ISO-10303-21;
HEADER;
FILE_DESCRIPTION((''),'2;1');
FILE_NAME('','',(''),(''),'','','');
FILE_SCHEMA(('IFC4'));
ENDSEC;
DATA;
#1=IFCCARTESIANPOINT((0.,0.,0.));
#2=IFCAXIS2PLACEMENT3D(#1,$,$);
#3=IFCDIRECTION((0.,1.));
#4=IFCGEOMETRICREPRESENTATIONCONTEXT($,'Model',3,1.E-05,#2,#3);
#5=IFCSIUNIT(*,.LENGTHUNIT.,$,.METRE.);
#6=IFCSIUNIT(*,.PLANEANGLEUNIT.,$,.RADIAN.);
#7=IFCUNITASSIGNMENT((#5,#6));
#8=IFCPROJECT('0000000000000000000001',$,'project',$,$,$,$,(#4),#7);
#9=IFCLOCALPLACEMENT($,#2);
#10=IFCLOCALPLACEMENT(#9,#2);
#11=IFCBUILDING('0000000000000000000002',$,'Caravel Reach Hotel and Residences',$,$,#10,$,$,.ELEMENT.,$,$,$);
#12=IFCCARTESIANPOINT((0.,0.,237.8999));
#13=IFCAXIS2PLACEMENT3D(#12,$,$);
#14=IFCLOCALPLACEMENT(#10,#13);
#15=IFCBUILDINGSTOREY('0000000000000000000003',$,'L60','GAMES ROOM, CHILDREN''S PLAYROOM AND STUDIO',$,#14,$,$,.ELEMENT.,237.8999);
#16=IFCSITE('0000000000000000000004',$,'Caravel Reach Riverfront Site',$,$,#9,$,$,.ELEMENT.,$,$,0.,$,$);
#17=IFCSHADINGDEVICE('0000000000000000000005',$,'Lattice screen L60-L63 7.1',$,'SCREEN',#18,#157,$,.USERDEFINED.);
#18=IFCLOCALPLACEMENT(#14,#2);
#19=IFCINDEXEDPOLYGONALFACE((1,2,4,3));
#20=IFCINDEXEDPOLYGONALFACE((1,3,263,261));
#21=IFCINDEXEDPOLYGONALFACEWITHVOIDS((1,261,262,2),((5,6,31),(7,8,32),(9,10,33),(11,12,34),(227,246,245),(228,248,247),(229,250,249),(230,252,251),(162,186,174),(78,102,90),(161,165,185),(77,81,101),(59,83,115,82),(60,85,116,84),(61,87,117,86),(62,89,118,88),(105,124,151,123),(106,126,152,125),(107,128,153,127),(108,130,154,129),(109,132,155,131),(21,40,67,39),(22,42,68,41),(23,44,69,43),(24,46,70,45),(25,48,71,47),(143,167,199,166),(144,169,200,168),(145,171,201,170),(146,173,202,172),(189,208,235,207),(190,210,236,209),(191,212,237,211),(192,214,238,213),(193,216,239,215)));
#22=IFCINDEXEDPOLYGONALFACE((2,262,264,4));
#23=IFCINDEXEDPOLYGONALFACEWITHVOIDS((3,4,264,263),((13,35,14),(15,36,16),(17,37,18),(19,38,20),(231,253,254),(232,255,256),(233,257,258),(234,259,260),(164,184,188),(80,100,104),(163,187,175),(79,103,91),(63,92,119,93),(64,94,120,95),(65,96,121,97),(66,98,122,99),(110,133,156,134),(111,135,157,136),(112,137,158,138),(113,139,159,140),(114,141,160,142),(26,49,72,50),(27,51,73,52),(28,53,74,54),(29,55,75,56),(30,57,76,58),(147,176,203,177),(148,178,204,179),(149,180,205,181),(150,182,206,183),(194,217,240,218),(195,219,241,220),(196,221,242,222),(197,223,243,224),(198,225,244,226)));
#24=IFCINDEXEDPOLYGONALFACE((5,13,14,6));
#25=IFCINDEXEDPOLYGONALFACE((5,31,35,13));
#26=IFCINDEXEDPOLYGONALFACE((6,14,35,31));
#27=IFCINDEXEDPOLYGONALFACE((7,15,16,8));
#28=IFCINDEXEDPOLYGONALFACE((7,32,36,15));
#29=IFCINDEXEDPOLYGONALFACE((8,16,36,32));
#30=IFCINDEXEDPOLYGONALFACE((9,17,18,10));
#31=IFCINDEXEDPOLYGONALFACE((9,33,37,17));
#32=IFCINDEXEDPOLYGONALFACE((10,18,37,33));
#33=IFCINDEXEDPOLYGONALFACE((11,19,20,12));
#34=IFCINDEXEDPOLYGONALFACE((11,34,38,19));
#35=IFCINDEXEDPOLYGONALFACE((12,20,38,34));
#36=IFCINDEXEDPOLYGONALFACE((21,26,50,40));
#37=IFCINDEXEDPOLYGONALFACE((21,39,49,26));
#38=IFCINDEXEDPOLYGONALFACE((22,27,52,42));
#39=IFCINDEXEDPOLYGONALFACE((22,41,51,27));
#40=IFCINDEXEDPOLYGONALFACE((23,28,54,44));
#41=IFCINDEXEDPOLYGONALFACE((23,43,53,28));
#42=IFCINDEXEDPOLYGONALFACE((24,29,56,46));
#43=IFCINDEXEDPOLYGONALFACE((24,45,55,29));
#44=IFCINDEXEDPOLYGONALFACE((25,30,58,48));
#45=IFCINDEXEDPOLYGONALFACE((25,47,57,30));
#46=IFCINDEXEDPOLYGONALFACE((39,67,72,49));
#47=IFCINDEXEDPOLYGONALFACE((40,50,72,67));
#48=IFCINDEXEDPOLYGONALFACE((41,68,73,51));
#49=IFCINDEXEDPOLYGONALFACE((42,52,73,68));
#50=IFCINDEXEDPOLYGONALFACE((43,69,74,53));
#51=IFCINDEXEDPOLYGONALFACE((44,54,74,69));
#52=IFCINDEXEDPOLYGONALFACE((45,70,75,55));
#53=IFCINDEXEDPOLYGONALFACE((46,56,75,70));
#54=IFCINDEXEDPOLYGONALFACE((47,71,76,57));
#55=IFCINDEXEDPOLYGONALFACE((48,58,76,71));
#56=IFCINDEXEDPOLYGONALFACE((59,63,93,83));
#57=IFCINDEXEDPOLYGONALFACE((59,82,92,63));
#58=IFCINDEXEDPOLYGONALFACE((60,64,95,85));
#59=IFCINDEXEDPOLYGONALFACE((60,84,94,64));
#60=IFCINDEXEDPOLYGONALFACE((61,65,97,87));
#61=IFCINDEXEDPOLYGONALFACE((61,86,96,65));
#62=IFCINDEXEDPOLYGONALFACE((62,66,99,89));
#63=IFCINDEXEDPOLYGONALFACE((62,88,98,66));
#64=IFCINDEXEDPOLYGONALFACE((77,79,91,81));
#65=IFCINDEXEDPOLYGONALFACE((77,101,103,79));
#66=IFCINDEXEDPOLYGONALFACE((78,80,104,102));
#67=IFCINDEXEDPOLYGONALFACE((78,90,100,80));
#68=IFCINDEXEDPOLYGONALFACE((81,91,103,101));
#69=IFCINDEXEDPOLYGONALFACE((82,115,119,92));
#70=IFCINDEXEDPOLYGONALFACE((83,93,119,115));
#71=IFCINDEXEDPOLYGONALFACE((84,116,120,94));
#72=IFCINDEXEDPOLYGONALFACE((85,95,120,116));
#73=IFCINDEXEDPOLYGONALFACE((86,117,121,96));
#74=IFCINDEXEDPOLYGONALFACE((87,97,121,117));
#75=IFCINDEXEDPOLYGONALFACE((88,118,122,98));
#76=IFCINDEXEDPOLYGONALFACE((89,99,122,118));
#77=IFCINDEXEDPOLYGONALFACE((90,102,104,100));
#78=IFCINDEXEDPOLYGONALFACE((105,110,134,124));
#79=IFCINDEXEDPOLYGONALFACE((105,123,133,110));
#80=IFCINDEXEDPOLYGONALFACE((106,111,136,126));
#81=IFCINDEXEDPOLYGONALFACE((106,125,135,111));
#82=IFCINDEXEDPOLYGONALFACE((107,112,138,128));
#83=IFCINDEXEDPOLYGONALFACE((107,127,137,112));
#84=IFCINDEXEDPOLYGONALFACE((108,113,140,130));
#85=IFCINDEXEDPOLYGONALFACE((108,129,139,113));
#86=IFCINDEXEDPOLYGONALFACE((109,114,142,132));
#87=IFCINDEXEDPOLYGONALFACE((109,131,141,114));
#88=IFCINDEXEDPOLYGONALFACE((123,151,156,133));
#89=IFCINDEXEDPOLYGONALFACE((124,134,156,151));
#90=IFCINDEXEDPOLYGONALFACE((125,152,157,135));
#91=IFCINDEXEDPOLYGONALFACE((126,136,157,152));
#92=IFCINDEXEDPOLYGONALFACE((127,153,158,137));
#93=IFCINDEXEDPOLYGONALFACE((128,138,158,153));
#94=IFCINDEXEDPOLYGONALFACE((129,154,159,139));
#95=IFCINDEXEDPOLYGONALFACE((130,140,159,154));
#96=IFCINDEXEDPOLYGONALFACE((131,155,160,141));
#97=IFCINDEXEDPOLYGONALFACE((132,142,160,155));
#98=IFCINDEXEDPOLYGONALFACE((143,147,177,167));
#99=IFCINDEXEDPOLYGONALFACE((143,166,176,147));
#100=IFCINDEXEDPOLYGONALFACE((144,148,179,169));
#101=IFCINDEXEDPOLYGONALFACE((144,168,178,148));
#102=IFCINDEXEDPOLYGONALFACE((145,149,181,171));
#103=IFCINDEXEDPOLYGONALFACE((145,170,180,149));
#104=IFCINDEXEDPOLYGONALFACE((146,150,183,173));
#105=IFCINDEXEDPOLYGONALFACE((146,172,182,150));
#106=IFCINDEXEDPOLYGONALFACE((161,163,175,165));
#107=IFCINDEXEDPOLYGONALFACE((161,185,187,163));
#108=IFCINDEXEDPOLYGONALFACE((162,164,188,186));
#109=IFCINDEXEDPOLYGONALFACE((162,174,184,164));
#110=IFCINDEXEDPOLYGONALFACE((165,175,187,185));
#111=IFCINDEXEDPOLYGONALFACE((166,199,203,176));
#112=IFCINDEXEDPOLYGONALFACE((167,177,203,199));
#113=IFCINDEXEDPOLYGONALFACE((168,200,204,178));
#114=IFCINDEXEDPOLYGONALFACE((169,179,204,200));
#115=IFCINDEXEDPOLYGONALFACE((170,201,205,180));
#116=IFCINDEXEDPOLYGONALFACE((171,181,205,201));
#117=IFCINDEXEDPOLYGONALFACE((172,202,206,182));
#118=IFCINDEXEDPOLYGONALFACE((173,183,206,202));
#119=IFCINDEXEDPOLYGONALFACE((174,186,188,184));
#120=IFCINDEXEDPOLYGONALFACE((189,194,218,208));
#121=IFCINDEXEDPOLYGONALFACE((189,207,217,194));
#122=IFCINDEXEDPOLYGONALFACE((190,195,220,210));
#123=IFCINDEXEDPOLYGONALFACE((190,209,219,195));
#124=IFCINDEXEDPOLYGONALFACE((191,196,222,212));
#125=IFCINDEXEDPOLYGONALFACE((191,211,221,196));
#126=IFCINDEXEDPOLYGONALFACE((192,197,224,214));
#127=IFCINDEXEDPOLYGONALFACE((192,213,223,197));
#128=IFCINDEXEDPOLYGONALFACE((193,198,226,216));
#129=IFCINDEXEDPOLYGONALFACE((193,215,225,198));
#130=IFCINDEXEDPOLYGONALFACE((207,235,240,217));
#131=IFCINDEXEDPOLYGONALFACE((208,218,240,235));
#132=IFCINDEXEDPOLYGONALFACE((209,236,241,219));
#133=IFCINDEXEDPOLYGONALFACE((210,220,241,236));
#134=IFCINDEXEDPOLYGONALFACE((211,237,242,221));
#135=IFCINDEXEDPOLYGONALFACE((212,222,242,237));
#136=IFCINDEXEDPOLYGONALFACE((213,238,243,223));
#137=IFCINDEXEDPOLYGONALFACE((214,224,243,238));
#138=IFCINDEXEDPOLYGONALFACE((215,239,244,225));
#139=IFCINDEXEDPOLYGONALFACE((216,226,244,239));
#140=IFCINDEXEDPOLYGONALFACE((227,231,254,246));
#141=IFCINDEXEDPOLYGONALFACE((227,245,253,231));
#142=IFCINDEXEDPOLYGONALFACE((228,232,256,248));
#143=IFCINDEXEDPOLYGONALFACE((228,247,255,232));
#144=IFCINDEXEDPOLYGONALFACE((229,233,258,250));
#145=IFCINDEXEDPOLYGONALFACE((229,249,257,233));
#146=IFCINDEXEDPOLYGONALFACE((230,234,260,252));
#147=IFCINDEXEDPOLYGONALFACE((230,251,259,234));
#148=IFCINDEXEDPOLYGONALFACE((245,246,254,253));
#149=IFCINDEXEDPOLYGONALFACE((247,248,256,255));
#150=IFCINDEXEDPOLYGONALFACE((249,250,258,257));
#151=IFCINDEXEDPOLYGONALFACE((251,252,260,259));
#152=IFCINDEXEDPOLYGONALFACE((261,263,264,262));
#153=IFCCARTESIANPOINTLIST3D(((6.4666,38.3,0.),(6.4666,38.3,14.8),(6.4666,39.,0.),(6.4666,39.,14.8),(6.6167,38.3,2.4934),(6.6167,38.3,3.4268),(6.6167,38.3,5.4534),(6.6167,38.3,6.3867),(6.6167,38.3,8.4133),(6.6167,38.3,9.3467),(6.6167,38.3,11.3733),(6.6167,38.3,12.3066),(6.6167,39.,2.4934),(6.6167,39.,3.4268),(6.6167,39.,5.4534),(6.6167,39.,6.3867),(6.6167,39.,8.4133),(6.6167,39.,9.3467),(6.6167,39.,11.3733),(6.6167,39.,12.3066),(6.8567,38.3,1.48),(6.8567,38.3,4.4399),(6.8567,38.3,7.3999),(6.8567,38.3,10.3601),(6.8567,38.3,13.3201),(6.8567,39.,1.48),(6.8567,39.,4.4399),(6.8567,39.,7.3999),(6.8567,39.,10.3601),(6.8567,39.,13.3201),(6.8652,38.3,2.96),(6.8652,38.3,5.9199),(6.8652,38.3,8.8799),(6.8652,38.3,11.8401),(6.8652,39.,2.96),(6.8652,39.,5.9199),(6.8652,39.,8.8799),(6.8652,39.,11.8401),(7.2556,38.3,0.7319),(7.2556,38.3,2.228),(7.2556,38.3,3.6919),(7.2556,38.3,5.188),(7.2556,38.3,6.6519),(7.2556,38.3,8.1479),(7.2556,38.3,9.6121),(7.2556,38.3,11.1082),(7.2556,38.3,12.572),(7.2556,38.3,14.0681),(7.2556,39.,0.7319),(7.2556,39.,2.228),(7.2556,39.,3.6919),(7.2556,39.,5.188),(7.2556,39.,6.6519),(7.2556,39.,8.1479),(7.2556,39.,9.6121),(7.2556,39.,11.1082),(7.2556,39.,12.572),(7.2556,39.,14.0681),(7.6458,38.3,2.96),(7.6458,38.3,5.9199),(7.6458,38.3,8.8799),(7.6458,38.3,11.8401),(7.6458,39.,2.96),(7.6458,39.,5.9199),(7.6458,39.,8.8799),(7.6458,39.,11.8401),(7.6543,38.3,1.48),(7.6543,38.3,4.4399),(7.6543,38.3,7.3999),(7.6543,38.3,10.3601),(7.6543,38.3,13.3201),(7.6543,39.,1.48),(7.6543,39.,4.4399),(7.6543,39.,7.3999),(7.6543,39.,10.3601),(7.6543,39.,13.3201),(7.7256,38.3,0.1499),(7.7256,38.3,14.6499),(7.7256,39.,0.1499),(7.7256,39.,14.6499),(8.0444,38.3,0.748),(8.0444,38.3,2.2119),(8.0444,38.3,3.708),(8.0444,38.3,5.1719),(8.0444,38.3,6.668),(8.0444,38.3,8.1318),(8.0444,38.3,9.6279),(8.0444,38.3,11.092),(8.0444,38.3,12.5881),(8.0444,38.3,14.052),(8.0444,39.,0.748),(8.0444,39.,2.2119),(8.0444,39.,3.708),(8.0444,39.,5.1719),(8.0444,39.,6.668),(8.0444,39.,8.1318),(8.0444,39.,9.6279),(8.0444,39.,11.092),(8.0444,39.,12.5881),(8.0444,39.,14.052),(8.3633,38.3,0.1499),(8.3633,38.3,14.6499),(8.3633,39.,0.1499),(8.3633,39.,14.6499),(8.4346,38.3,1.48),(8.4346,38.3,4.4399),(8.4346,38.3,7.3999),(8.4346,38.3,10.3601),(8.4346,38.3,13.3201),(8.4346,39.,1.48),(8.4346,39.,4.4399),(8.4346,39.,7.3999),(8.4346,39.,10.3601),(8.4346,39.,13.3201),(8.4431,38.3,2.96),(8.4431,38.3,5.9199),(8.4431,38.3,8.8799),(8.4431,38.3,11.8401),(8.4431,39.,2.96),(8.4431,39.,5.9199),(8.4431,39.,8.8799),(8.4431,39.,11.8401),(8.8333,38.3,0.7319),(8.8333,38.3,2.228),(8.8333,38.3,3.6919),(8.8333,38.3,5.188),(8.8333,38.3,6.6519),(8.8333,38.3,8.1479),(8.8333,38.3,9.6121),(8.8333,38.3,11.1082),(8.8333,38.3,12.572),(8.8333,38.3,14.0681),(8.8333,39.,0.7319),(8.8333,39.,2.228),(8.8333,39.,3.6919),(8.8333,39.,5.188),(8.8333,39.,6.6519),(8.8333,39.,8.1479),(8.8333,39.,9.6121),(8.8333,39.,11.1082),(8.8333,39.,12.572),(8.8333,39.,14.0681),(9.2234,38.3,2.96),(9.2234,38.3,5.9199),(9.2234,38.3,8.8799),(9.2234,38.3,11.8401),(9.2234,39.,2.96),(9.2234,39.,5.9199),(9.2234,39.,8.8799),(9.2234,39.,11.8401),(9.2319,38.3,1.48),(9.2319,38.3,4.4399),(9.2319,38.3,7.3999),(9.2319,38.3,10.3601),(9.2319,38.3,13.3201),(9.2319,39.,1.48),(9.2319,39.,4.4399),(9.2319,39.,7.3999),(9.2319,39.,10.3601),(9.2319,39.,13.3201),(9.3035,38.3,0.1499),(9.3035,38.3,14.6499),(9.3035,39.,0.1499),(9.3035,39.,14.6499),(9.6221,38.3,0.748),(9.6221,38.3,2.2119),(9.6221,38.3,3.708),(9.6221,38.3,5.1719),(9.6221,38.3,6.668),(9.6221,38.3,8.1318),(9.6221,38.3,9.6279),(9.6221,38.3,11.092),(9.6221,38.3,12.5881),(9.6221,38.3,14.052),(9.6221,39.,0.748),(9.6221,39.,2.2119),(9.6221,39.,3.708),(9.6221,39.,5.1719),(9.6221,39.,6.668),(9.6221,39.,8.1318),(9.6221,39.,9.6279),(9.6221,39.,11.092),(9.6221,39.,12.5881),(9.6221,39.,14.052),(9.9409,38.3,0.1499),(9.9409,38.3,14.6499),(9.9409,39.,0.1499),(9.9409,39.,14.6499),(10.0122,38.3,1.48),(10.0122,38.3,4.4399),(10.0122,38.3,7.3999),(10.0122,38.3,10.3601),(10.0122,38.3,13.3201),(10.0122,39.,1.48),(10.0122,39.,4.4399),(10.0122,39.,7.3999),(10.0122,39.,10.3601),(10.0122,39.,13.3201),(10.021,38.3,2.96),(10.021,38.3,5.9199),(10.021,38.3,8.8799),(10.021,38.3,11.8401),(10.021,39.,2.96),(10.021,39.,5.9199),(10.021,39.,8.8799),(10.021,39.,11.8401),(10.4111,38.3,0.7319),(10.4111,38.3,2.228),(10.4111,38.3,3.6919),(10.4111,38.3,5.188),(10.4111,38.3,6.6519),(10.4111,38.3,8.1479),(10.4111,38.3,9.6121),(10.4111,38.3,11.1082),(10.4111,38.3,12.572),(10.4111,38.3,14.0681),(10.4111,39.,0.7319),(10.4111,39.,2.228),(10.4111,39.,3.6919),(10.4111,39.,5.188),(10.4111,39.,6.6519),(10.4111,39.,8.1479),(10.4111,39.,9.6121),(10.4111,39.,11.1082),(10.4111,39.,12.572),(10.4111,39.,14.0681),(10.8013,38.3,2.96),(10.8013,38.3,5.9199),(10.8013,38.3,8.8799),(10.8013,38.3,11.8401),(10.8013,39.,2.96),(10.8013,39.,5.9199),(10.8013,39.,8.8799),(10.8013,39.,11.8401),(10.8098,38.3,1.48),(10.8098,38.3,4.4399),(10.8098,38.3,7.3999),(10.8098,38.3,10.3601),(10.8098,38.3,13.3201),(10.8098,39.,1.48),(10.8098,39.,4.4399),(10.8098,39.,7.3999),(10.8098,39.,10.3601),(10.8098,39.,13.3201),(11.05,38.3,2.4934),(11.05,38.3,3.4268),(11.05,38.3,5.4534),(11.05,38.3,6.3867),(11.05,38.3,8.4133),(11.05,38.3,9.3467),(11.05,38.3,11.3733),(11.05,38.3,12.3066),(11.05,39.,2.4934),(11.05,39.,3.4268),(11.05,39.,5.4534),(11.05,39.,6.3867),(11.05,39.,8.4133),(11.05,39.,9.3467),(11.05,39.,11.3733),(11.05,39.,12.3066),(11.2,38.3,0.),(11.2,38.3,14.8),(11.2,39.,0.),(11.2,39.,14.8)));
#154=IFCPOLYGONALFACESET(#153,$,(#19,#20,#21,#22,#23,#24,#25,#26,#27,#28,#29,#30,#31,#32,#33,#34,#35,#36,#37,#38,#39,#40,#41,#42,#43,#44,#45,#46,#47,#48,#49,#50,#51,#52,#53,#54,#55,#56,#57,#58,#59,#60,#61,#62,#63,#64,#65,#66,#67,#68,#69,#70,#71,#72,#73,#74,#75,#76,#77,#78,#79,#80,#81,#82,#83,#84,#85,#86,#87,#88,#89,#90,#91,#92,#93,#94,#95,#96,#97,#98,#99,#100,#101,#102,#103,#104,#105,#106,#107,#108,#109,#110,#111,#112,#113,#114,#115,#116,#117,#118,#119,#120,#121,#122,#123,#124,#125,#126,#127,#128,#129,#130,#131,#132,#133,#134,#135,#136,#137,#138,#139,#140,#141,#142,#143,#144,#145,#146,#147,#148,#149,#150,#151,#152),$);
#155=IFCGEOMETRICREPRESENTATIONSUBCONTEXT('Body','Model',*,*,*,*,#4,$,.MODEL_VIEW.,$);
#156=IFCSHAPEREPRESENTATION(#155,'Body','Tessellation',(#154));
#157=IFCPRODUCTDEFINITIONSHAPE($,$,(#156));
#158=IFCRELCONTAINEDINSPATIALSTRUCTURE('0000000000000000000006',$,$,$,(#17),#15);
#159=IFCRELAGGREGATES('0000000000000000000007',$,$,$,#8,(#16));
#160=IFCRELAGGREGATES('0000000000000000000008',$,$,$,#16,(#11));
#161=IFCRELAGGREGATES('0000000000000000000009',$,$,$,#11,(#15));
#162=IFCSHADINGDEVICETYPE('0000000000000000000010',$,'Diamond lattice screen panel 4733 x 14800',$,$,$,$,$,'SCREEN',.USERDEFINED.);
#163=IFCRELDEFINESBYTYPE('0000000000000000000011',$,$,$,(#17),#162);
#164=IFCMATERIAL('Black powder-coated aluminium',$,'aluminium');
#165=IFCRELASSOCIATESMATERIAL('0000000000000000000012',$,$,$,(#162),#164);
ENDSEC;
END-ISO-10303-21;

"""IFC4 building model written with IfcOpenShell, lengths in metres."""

from ifc_helpers import new_model, si_unit, direction, frame, origin, place, context, subcontext, project, spatial, polyline, outline, extrude, material, type_object, element, save


model = new_model("IFC4")

# Units and contexts
model_context = context("Model", 3, precision=1e-05, world=origin(), true_north=direction((0.0, 1.0)))
body_context = subcontext(model_context, "Body", "Model", "MODEL_VIEW")
ifc_project = project(units=[si_unit("LENGTHUNIT", "METRE"), si_unit("PLANEANGLEUNIT", "RADIAN")], contexts=[model_context])

# Site, building, storey
site_placement = place(None, origin())
site = spatial("IfcSite", under=ifc_project, at=site_placement, Name="Caravel Reach Riverfront Site", CompositionType="ELEMENT", RefElevation=0.0)
building_placement = place(site_placement, origin())
building = spatial("IfcBuilding", under=site, at=building_placement, Name="Caravel Reach Hotel and Residences", CompositionType="ELEMENT")
storey_placement = place(building_placement, frame((0.0, 0.0, 237.8999)))
storey = spatial("IfcBuildingStorey", under=building, at=storey_placement, Name="L60", Description="GAMES ROOM, CHILDREN'S PLAYROOM AND STUDIO", CompositionType="ELEMENT", Elevation=237.8999)

# Shading device
ifc_material_1 = material(Name="Black powder-coated aluminium", Category="aluminium")
shading_device_type_1 = type_object("IfcShadingDeviceType", Name="Diamond lattice screen panel 4733 x 14800", ElementType="SCREEN", PredefinedType="USERDEFINED", material=ifc_material_1)
shading_device_1_placement = place(storey_placement, frame((11.2, 38.3, 0.0), z_axis=(0.0, 1.0, 0.0), x_axis=(-1.0, 0.0, 0.0)))
element("IfcShadingDevice", 1, at=shading_device_1_placement, inside=storey, type_object=shading_device_type_1, Name="Lattice screen L60-L63 7.1", ObjectType="SCREEN", PredefinedType="USERDEFINED", context=body_context, shape_type="SweptSolid", body=[
    extrude(outline(polyline([(0.0, 0.0), (4.7334, 0.0), (4.7334, 14.8), (0.0, 14.8), (0.0, 0.0)]), holes=[polyline([(0.3987, 2.96), (0.1499, 3.4268), (0.1499, 2.4934), (0.3987, 2.96)]), polyline([(0.3987, 5.9199), (0.1499, 6.3867), (0.1499, 5.4534), (0.3987, 5.9199)]), polyline([(0.3987, 8.8799), (0.1499, 9.3467), (0.1499, 8.4133), (0.3987, 8.8799)]), polyline([(0.3987, 11.8401), (0.1499, 12.3066), (0.1499, 11.3733), (0.3987, 11.8401)]), polyline([(0.7888, 2.228), (0.3901, 1.48), (0.7888, 0.7319), (1.1877, 1.48), (0.7888, 2.228)]), polyline([(0.7888, 5.188), (0.3901, 4.4399), (0.7888, 3.6919), (1.1877, 4.4399), (0.7888, 5.188)]), polyline([(0.7888, 8.1479), (0.3901, 7.3999), (0.7888, 6.6519), (1.1877, 7.3999), (0.7888, 8.1479)]), polyline([(0.7888, 11.1082), (0.3901, 10.3601), (0.7888, 9.6121), (1.1877, 10.3601), (0.7888, 11.1082)]), polyline([(0.7888, 14.0681), (0.3901, 13.3201), (0.7888, 12.572), (1.1877, 13.3201), (0.7888, 14.0681)]), polyline([(1.5779, 0.748), (1.259, 0.1499), (1.8965, 0.1499), (1.5779, 0.748)]), polyline([(1.5779, 3.708), (1.179, 2.96), (1.5779, 2.2119), (1.9766, 2.96), (1.5779, 3.708)]), polyline([(1.5779, 6.668), (1.179, 5.9199), (1.5779, 5.1719), (1.9766, 5.9199), (1.5779, 6.668)]), polyline([(1.5779, 9.6279), (1.179, 8.8799), (1.5779, 8.1318), (1.9766, 8.8799), (1.5779, 9.6279)]), polyline([(1.5779, 12.5881), (1.179, 11.8401), (1.5779, 11.092), (1.9766, 11.8401), (1.5779, 12.5881)]), polyline([(1.5779, 14.052), (1.8965, 14.6499), (1.259, 14.6499), (1.5779, 14.052)]), polyline([(2.3667, 2.228), (1.968, 1.48), (2.3667, 0.7319), (2.7654, 1.48), (2.3667, 2.228)]), polyline([(2.3667, 5.188), (1.968, 4.4399), (2.3667, 3.6919), (2.7654, 4.4399), (2.3667, 5.188)]), polyline([(2.3667, 8.1479), (1.968, 7.3999), (2.3667, 6.6519), (2.7654, 7.3999), (2.3667, 8.1479)]), polyline([(2.3667, 11.1082), (1.968, 10.3601), (2.3667, 9.6121), (2.7654, 10.3601), (2.3667, 11.1082)]), polyline([(2.3667, 14.0681), (1.968, 13.3201), (2.3667, 12.572), (2.7654, 13.3201), (2.3667, 14.0681)]), polyline([(3.1555, 0.748), (2.8367, 0.1499), (3.4744, 0.1499), (3.1555, 0.748)]), polyline([(3.1555, 3.708), (2.7568, 2.96), (3.1555, 2.2119), (3.5542, 2.96), (3.1555, 3.708)]), polyline([(3.1555, 6.668), (2.7568, 5.9199), (3.1555, 5.1719), (3.5542, 5.9199), (3.1555, 6.668)]), polyline([(3.1555, 9.6279), (2.7568, 8.8799), (3.1555, 8.1318), (3.5542, 8.8799), (3.1555, 9.6279)]), polyline([(3.1555, 12.5881), (2.7568, 11.8401), (3.1555, 11.092), (3.5542, 11.8401), (3.1555, 12.5881)]), polyline([(3.1555, 14.052), (3.4744, 14.6499), (2.8367, 14.6499), (3.1555, 14.052)]), polyline([(3.9443, 2.228), (3.5457, 1.48), (3.9443, 0.7319), (4.3433, 1.48), (3.9443, 2.228)]), polyline([(3.9443, 5.188), (3.5457, 4.4399), (3.9443, 3.6919), (4.3433, 4.4399), (3.9443, 5.188)]), polyline([(3.9443, 8.1479), (3.5457, 7.3999), (3.9443, 6.6519), (4.3433, 7.3999), (3.9443, 8.1479)]), polyline([(3.9443, 11.1082), (3.5457, 10.3601), (3.9443, 9.6121), (4.3433, 10.3601), (3.9443, 11.1082)]), polyline([(3.9443, 14.0681), (3.5457, 13.3201), (3.9443, 12.572), (4.3433, 13.3201), (3.9443, 14.0681)]), polyline([(4.3347, 2.96), (4.5833, 2.4934), (4.5833, 3.4268), (4.3347, 2.96)]), polyline([(4.3347, 5.9199), (4.5833, 5.4534), (4.5833, 6.3867), (4.3347, 5.9199)]), polyline([(4.3347, 8.8799), (4.5833, 8.4133), (4.5833, 9.3467), (4.3347, 8.8799)]), polyline([(4.3347, 11.8401), (4.5833, 11.3733), (4.5833, 12.3066), (4.3347, 11.8401)])]), origin(), (0.0, 0.0, 1.0), 0.7),
])

save(model, "model.ifc")
